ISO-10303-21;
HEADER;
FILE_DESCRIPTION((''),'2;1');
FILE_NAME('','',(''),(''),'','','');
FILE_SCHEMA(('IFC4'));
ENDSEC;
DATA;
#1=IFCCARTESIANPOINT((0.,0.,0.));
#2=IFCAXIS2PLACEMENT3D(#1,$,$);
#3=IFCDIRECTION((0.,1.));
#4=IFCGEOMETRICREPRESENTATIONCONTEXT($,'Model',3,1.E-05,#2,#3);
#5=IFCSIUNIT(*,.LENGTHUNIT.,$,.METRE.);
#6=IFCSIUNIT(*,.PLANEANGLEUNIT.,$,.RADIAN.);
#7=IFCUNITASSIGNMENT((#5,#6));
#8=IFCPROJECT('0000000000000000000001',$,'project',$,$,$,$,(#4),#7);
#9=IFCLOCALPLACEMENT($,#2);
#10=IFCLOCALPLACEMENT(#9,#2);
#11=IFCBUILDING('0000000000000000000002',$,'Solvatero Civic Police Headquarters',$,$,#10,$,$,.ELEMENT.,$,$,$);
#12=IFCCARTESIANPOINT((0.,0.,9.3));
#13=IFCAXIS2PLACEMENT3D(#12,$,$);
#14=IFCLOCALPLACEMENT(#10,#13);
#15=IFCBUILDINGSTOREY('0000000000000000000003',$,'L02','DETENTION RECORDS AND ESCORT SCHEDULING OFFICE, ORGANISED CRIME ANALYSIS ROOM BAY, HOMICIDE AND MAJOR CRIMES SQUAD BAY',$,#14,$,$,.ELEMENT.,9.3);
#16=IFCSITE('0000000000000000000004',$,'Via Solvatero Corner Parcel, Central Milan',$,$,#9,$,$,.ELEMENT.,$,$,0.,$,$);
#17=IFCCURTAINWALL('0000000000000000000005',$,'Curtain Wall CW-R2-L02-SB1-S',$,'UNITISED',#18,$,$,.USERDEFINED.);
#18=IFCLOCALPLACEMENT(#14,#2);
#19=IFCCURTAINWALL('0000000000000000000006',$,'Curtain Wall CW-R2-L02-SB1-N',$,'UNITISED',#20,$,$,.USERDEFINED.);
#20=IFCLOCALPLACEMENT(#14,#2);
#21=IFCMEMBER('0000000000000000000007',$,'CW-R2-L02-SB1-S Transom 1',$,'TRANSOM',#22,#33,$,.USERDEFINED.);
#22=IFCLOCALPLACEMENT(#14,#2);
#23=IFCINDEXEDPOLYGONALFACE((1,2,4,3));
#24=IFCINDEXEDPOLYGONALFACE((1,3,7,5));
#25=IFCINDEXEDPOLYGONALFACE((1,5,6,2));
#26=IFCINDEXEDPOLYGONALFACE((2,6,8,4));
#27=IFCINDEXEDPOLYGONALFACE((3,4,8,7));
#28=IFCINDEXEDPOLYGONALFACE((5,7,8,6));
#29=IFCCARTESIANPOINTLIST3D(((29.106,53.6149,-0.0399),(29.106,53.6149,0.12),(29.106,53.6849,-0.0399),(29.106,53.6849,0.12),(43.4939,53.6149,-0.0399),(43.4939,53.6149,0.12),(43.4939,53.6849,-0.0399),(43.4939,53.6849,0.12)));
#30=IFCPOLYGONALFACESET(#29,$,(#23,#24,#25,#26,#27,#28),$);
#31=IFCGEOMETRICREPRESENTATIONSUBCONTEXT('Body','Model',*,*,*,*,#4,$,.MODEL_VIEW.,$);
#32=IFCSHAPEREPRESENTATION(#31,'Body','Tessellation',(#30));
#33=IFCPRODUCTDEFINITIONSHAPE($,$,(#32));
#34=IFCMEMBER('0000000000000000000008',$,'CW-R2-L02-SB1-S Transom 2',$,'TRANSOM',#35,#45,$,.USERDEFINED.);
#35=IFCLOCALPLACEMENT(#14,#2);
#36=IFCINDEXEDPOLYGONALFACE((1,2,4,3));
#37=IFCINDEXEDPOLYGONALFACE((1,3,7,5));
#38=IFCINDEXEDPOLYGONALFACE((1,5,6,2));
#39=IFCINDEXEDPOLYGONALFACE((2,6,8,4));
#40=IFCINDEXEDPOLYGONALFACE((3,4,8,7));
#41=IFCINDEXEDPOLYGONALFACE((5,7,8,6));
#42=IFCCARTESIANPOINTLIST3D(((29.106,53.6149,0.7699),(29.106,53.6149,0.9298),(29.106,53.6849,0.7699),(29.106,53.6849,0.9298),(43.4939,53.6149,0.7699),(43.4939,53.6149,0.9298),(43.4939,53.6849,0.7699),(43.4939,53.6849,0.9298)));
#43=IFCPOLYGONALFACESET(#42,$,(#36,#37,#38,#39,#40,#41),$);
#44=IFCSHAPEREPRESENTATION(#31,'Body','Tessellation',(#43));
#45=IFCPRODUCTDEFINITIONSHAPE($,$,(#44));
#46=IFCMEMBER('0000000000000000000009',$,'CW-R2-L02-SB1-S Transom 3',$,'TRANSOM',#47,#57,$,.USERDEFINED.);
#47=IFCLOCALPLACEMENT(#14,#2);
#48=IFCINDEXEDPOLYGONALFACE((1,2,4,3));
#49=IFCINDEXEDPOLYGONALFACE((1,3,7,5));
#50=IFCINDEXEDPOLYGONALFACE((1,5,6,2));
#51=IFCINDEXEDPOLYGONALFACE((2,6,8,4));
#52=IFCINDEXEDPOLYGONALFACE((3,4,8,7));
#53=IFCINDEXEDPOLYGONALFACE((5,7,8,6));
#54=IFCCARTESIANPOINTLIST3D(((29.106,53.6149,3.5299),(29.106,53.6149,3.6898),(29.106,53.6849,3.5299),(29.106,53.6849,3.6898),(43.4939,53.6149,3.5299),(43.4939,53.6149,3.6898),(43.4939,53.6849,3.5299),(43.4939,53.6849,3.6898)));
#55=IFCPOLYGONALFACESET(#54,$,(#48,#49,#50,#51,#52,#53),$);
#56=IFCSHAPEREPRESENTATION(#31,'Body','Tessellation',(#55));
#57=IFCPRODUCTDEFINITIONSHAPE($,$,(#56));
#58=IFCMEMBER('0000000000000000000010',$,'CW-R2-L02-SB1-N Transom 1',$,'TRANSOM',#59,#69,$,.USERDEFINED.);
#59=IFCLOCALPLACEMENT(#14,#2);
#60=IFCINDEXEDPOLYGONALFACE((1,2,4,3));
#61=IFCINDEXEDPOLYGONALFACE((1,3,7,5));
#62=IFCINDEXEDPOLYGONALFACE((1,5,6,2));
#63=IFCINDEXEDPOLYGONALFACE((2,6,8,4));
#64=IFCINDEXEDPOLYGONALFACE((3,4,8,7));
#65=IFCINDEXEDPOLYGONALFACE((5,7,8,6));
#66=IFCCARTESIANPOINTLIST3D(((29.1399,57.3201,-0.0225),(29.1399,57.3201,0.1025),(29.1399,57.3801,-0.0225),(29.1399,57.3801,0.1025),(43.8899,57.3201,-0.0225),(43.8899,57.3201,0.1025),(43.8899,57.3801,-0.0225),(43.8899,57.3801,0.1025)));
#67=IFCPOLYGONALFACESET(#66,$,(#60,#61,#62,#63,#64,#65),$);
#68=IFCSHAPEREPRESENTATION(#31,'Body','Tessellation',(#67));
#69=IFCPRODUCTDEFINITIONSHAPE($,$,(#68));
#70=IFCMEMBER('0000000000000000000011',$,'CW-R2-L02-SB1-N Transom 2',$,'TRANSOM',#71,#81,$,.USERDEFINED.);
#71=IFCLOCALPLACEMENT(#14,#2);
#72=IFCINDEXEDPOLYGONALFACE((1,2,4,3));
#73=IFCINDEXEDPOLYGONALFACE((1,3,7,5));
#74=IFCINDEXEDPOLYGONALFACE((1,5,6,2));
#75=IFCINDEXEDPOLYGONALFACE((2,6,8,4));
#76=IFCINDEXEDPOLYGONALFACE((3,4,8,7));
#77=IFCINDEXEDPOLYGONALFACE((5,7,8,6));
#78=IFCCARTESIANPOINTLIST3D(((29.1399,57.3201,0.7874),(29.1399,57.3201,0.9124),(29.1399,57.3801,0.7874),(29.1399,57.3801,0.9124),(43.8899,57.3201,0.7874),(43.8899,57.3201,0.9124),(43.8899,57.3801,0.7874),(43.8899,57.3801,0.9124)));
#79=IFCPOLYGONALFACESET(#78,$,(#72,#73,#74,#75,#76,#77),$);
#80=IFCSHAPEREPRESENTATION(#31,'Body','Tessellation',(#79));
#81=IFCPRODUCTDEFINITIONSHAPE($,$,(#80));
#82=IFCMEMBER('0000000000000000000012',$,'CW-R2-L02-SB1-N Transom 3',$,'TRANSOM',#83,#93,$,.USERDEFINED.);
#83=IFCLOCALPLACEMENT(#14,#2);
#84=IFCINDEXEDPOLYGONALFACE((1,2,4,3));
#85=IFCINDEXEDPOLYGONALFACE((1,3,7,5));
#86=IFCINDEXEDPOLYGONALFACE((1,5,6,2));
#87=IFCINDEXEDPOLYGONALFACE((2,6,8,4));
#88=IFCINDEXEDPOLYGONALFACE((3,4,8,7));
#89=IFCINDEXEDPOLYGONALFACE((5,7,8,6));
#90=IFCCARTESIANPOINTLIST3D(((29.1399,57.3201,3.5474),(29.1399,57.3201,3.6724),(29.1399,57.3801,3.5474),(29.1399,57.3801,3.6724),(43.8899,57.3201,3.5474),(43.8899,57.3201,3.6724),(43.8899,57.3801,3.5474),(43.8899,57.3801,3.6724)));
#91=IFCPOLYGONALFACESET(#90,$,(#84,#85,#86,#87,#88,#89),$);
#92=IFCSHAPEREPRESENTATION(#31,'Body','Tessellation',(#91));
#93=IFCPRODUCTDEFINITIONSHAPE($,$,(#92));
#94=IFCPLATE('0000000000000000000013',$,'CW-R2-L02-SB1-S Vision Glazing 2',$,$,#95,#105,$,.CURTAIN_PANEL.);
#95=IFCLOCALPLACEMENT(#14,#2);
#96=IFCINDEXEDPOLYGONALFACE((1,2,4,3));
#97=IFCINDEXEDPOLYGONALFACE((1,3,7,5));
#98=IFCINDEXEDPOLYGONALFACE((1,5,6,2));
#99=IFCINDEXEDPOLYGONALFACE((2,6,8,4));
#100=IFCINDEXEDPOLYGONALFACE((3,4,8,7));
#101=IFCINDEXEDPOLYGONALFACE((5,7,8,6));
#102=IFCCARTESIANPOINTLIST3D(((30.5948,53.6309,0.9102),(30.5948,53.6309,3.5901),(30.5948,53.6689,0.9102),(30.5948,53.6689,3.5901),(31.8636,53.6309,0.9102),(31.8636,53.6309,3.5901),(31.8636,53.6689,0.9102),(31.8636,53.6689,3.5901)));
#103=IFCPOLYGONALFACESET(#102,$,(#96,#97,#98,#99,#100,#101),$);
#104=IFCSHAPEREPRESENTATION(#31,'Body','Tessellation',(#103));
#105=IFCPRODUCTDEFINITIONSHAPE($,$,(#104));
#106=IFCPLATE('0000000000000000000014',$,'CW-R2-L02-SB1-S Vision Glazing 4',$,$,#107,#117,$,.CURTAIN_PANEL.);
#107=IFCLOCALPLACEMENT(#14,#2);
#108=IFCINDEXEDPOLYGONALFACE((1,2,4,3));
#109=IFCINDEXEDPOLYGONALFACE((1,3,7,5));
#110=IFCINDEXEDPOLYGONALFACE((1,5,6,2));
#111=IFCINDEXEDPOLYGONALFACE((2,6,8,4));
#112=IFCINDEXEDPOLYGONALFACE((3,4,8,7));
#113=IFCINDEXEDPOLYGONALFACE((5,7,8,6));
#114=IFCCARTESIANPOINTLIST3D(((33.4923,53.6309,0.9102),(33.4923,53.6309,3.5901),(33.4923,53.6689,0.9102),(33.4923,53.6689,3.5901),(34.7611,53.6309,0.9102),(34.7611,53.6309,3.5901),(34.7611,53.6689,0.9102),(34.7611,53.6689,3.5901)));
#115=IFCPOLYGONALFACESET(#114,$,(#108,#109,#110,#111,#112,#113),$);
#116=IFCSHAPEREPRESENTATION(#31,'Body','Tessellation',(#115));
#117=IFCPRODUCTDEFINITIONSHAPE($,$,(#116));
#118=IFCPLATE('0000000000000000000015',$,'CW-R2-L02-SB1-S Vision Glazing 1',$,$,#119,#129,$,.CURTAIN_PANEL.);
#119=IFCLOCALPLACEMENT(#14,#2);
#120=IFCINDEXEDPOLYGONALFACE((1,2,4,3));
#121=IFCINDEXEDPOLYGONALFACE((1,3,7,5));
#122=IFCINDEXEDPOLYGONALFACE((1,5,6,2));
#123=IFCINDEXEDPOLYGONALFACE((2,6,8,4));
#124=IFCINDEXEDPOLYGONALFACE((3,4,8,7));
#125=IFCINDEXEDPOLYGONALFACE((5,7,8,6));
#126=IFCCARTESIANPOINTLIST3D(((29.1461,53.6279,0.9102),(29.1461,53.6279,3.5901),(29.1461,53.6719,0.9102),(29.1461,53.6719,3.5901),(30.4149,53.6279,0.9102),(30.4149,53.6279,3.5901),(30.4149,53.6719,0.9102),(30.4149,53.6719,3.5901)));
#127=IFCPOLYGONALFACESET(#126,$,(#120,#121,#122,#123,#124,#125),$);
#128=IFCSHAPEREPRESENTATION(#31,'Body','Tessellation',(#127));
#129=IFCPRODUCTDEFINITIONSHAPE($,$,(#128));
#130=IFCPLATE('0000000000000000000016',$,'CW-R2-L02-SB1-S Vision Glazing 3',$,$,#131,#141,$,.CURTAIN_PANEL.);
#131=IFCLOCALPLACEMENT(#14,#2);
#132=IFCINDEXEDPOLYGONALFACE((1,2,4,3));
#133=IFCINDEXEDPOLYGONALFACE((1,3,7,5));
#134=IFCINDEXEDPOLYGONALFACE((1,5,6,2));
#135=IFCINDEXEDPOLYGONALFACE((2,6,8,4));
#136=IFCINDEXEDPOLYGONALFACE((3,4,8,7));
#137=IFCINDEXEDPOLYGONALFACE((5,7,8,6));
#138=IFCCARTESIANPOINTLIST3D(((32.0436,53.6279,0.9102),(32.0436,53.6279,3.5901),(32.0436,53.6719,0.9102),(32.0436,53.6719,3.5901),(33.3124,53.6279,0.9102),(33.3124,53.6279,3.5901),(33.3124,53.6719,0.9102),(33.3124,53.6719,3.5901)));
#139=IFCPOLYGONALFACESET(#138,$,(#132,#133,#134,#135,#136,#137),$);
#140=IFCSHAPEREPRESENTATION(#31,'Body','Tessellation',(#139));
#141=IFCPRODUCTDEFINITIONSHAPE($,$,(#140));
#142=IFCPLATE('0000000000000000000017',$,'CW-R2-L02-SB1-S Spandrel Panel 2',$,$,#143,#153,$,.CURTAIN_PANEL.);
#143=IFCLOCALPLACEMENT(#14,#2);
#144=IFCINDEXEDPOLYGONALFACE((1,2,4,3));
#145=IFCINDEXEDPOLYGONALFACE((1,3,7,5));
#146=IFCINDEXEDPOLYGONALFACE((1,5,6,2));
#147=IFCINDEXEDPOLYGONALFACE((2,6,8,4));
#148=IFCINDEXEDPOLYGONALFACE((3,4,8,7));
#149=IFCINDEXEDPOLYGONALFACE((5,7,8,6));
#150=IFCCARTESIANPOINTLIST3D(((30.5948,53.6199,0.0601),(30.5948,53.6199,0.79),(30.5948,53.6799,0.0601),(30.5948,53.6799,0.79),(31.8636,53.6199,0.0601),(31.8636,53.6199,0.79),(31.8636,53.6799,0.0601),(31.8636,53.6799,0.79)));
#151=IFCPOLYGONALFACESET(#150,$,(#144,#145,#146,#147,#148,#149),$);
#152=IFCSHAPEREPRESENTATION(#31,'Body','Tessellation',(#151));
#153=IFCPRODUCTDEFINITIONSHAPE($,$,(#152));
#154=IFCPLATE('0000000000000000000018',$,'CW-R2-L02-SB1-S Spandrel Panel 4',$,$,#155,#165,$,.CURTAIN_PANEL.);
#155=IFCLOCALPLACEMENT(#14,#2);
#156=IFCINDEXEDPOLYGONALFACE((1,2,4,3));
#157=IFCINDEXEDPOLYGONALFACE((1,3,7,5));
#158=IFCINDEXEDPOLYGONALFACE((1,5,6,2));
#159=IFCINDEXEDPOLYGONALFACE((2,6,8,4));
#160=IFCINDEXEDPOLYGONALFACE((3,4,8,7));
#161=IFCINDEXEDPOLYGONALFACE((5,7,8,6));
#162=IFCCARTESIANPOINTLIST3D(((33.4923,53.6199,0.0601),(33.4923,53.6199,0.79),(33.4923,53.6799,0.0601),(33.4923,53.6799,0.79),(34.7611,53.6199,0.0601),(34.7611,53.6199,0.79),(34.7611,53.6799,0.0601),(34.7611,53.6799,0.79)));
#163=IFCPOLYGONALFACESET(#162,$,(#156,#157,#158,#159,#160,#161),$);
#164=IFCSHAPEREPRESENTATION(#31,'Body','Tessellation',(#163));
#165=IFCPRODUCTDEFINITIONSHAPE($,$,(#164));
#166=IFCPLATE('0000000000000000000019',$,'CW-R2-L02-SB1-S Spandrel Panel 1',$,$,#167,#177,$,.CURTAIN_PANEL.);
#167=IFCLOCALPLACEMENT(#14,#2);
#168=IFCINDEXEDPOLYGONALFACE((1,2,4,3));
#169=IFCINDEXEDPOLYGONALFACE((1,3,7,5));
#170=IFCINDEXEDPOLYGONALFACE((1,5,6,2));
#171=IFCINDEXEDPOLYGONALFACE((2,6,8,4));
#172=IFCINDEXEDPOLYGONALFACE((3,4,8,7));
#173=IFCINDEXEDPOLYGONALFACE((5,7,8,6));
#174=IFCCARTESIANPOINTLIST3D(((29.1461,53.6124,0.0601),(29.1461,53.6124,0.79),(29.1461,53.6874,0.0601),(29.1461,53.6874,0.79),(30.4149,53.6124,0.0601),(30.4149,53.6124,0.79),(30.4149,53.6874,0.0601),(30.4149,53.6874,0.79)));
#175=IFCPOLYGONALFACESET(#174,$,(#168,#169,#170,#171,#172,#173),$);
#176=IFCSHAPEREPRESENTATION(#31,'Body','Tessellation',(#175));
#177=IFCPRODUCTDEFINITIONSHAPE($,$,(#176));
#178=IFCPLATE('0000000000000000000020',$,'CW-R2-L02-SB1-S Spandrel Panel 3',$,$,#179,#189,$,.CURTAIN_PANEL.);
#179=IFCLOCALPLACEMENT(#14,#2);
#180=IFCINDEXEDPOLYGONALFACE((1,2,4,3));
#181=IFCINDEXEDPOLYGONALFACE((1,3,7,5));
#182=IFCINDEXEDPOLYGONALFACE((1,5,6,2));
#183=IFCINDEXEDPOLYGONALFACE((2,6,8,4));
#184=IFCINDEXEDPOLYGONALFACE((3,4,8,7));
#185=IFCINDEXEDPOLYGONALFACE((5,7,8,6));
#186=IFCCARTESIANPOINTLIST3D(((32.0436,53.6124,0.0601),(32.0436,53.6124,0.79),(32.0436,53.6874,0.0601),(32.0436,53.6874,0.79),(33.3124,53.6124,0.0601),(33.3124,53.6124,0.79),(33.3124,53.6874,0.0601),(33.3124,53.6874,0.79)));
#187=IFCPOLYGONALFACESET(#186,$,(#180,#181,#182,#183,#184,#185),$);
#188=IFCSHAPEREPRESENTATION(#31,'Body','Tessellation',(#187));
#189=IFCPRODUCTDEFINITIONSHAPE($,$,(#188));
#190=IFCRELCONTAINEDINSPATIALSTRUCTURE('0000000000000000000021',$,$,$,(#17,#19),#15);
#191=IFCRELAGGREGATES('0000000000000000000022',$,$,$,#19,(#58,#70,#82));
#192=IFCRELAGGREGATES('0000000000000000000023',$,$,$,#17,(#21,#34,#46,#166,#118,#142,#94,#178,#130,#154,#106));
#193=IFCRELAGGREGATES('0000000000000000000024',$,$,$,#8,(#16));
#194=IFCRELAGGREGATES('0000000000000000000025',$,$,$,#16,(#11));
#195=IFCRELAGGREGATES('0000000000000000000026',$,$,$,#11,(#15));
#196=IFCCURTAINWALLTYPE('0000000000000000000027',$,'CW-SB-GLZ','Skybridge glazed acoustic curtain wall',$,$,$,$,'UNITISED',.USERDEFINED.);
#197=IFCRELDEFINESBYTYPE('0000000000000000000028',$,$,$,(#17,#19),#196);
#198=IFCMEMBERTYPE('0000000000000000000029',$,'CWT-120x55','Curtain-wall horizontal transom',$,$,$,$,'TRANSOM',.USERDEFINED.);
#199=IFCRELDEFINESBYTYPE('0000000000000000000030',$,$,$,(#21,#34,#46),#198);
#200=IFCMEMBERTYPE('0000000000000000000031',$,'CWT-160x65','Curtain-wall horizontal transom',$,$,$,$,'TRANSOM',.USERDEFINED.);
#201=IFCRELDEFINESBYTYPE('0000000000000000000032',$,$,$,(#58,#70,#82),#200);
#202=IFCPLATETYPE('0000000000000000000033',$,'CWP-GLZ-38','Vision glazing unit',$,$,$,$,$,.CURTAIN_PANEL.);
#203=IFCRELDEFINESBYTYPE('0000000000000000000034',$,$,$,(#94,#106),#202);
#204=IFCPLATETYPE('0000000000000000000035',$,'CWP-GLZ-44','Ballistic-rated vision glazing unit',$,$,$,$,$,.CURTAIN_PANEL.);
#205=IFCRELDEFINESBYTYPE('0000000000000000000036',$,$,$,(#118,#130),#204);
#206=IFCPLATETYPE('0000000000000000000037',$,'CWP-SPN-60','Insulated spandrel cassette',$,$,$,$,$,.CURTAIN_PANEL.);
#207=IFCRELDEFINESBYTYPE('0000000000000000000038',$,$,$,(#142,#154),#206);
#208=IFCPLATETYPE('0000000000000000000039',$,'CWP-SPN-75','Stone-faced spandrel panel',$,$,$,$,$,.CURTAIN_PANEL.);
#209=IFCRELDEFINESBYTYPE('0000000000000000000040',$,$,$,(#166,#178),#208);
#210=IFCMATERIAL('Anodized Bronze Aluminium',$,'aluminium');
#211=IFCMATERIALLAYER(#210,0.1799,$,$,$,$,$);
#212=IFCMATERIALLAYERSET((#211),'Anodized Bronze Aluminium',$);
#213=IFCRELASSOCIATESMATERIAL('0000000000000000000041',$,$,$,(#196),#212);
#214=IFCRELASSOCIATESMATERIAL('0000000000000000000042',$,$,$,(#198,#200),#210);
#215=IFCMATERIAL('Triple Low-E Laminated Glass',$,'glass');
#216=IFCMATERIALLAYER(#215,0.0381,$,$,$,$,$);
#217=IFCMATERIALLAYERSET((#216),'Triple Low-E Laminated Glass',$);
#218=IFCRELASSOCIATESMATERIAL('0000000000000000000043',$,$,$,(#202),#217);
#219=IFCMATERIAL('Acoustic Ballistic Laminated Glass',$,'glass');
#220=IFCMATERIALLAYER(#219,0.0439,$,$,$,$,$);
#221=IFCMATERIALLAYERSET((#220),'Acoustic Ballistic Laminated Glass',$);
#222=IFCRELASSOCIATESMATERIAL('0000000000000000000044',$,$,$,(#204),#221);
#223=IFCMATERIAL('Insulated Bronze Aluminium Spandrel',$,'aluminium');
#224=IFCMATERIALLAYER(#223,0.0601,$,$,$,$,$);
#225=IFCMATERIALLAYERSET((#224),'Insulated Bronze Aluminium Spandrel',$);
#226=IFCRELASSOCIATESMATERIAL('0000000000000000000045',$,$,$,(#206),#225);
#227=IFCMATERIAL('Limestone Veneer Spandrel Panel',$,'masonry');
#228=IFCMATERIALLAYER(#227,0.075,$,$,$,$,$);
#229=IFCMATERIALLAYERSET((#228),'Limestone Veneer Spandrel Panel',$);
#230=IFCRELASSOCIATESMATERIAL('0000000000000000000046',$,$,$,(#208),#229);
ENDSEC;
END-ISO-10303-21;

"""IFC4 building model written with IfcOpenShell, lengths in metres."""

from ifc_helpers import new_model, si_unit, direction, frame, origin, origin_2d, place, context, subcontext, project, spatial, rectangle, extrude, material, layer, layer_set, material_profile, profile_set, type_object, element, aggregate, save


model = new_model("IFC4")

# Units and contexts
model_context = context("Model", 3, precision=1e-05, world=origin(), true_north=direction((0.0, 1.0)))
body_context = subcontext(model_context, "Body", "Model", "MODEL_VIEW")
ifc_project = project(units=[si_unit("LENGTHUNIT", "METRE"), si_unit("PLANEANGLEUNIT", "RADIAN")], contexts=[model_context])

# Site, building, storey
site_placement = place(None, origin())
site = spatial("IfcSite", under=ifc_project, at=site_placement, Name="Via Solvatero Corner Parcel, Central Milan", CompositionType="ELEMENT", RefElevation=0.0)
building_placement = place(site_placement, origin())
building = spatial("IfcBuilding", under=site, at=building_placement, Name="Solvatero Civic Police Headquarters", CompositionType="ELEMENT")
storey_placement = place(building_placement, frame((0.0, 0.0, 9.3)))
storey = spatial("IfcBuildingStorey", under=building, at=storey_placement, Name="L02", Description="DETENTION RECORDS AND ESCORT SCHEDULING OFFICE, ORGANISED CRIME ANALYSIS ROOM BAY, HOMICIDE AND MAJOR CRIMES SQUAD BAY", CompositionType="ELEMENT", Elevation=9.3)

# Curtain walls
ifc_material_1 = material(Name="Anodized Bronze Aluminium", Category="aluminium")
ifc_layer_1 = layer(ifc_material_1, 0.1799)
ifc_layer_set_1 = layer_set([ifc_layer_1], Name="Anodized Bronze Aluminium")
curtain_wall_type = type_object("IfcCurtainWallType", Name="CW-SB-GLZ", Description="Skybridge glazed acoustic curtain wall", ElementType="UNITISED", PredefinedType="USERDEFINED", material=ifc_layer_set_1)
curtain_wall_1_placement = place(storey_placement, origin())
curtain_wall_1 = element("IfcCurtainWall", 1, at=curtain_wall_1_placement, inside=storey, type_object=curtain_wall_type, Name="Curtain Wall CW-R2-L02-SB1-S", ObjectType="UNITISED", PredefinedType="USERDEFINED")
curtain_wall_2_placement = place(storey_placement, origin())
curtain_wall_2 = element("IfcCurtainWall", 2, at=curtain_wall_2_placement, inside=storey, type_object=curtain_wall_type, Name="Curtain Wall CW-R2-L02-SB1-N", ObjectType="UNITISED", PredefinedType="USERDEFINED")

# Members
ifc_material_profile_1 = material_profile(ifc_material_1, rectangle(XDim=0.0701, YDim=0.1599, at=origin_2d()), Name="ALU TRANSOM 70x160")
ifc_profile_set_1 = profile_set([ifc_material_profile_1], Name="Anodized Bronze Aluminium")
member_type_1 = type_object("IfcMemberType", Name="CWT-120x55", Description="Curtain-wall horizontal transom", ElementType="TRANSOM", PredefinedType="USERDEFINED", material=ifc_profile_set_1)
member_1_placement = place(storey_placement, frame((29.106, 53.6499, 0.04), z_axis=(1.0, 0.0, 0.0), x_axis=(0.0, 1.0, 0.0)))
member_1 = element("IfcMember", 3, at=member_1_placement, type_object=member_type_1, Name="CW-R2-L02-SB1-S Transom 1", ObjectType="TRANSOM", PredefinedType="USERDEFINED", context=body_context, shape_type="SweptSolid", body=[
    extrude(rectangle(XDim=0.0701, YDim=0.1599, at=origin_2d()), origin(), (0.0, 0.0, 1.0), 14.3879),
])
member_2_placement = place(storey_placement, frame((29.106, 53.6499, 0.8499), z_axis=(1.0, 0.0, 0.0), x_axis=(0.0, 1.0, 0.0)))
member_2 = element("IfcMember", 4, at=member_2_placement, type_object=member_type_1, Name="CW-R2-L02-SB1-S Transom 2", ObjectType="TRANSOM", PredefinedType="USERDEFINED", context=body_context, shape_type="SweptSolid", body=[
    extrude(rectangle(XDim=0.0701, YDim=0.1599, at=origin_2d()), origin(), (0.0, 0.0, 1.0), 14.3879),
])
member_3_placement = place(storey_placement, frame((29.106, 53.6499, 3.6099), z_axis=(1.0, 0.0, 0.0), x_axis=(0.0, 1.0, 0.0)))
member_3 = element("IfcMember", 5, at=member_3_placement, type_object=member_type_1, Name="CW-R2-L02-SB1-S Transom 3", ObjectType="TRANSOM", PredefinedType="USERDEFINED", context=body_context, shape_type="SweptSolid", body=[
    extrude(rectangle(XDim=0.0701, YDim=0.1599, at=origin_2d()), origin(), (0.0, 0.0, 1.0), 14.3879),
])
ifc_material_profile_2 = material_profile(ifc_material_1, rectangle(XDim=0.0601, YDim=0.125, at=origin_2d()), Name="ALU TRANSOM 60x125")
ifc_profile_set_2 = profile_set([ifc_material_profile_2], Name="Anodized Bronze Aluminium")
member_type_2 = type_object("IfcMemberType", Name="CWT-160x65", Description="Curtain-wall horizontal transom", ElementType="TRANSOM", PredefinedType="USERDEFINED", material=ifc_profile_set_2)
member_4_placement = place(storey_placement, frame((29.1399, 57.3501, 0.04), z_axis=(1.0, 0.0, 0.0), x_axis=(0.0, 1.0, 0.0)))
member_4 = element("IfcMember", 6, at=member_4_placement, type_object=member_type_2, Name="CW-R2-L02-SB1-N Transom 1", ObjectType="TRANSOM", PredefinedType="USERDEFINED", context=body_context, shape_type="SweptSolid", body=[
    extrude(rectangle(XDim=0.0601, YDim=0.125, at=origin_2d()), origin(), (0.0, 0.0, 1.0), 14.75),
])
member_5_placement = place(storey_placement, frame((29.1399, 57.3501, 0.8499), z_axis=(1.0, 0.0, 0.0), x_axis=(0.0, 1.0, 0.0)))
member_5 = element("IfcMember", 7, at=member_5_placement, type_object=member_type_2, Name="CW-R2-L02-SB1-N Transom 2", ObjectType="TRANSOM", PredefinedType="USERDEFINED", context=body_context, shape_type="SweptSolid", body=[
    extrude(rectangle(XDim=0.0601, YDim=0.125, at=origin_2d()), origin(), (0.0, 0.0, 1.0), 14.75),
])
member_6_placement = place(storey_placement, frame((29.1399, 57.3501, 3.6099), z_axis=(1.0, 0.0, 0.0), x_axis=(0.0, 1.0, 0.0)))
member_6 = element("IfcMember", 8, at=member_6_placement, type_object=member_type_2, Name="CW-R2-L02-SB1-N Transom 3", ObjectType="TRANSOM", PredefinedType="USERDEFINED", context=body_context, shape_type="SweptSolid", body=[
    extrude(rectangle(XDim=0.0601, YDim=0.125, at=origin_2d()), origin(), (0.0, 0.0, 1.0), 14.75),
])
aggregate(curtain_wall_2, [member_4, member_5, member_6])

# Plates
ifc_material_2 = material(Name="Triple Low-E Laminated Glass", Category="glass")
ifc_layer_2 = layer(ifc_material_2, 0.0381)
ifc_layer_set_2 = layer_set([ifc_layer_2], Name="Triple Low-E Laminated Glass")
plate_type_1 = type_object("IfcPlateType", Name="CWP-GLZ-38", Description="Vision glazing unit", PredefinedType="CURTAIN_PANEL", material=ifc_layer_set_2)
plate_1_placement = place(storey_placement, frame((31.2292, 53.6499, 0.9102), z_axis=(0.0, 0.0, 1.0), x_axis=(1.0, 0.0, 0.0)))
plate_1 = element("IfcPlate", 9, at=plate_1_placement, type_object=plate_type_1, Name="CW-R2-L02-SB1-S Vision Glazing 2", PredefinedType="CURTAIN_PANEL", context=body_context, shape_type="SweptSolid", body=[
    extrude(rectangle(XDim=1.2688, YDim=0.0381, at=origin_2d()), origin(), (0.0, 0.0, 1.0), 2.6799),
])
plate_2_placement = place(storey_placement, frame((34.1267, 53.6499, 0.9102), z_axis=(0.0, 0.0, 1.0), x_axis=(1.0, 0.0, 0.0)))
plate_2 = element("IfcPlate", 10, at=plate_2_placement, type_object=plate_type_1, Name="CW-R2-L02-SB1-S Vision Glazing 4", PredefinedType="CURTAIN_PANEL", context=body_context, shape_type="SweptSolid", body=[
    extrude(rectangle(XDim=1.2688, YDim=0.0381, at=origin_2d()), origin(), (0.0, 0.0, 1.0), 2.6799),
])
ifc_material_3 = material(Name="Acoustic Ballistic Laminated Glass", Category="glass")
ifc_layer_3 = layer(ifc_material_3, 0.0439)
ifc_layer_set_3 = layer_set([ifc_layer_3], Name="Acoustic Ballistic Laminated Glass")
plate_type_2 = type_object("IfcPlateType", Name="CWP-GLZ-44", Description="Ballistic-rated vision glazing unit", PredefinedType="CURTAIN_PANEL", material=ifc_layer_set_3)
plate_3_placement = place(storey_placement, frame((29.7805, 53.6499, 0.9102), z_axis=(0.0, 0.0, 1.0), x_axis=(1.0, 0.0, 0.0)))
plate_3 = element("IfcPlate", 11, at=plate_3_placement, type_object=plate_type_2, Name="CW-R2-L02-SB1-S Vision Glazing 1", PredefinedType="CURTAIN_PANEL", context=body_context, shape_type="SweptSolid", body=[
    extrude(rectangle(XDim=1.2688, YDim=0.0439, at=origin_2d()), origin(), (0.0, 0.0, 1.0), 2.6799),
])
plate_4_placement = place(storey_placement, frame((32.678, 53.6499, 0.9102), z_axis=(0.0, 0.0, 1.0), x_axis=(1.0, 0.0, 0.0)))
plate_4 = element("IfcPlate", 12, at=plate_4_placement, type_object=plate_type_2, Name="CW-R2-L02-SB1-S Vision Glazing 3", PredefinedType="CURTAIN_PANEL", context=body_context, shape_type="SweptSolid", body=[
    extrude(rectangle(XDim=1.2688, YDim=0.0439, at=origin_2d()), origin(), (0.0, 0.0, 1.0), 2.6799),
])
ifc_material_4 = material(Name="Insulated Bronze Aluminium Spandrel", Category="aluminium")
ifc_layer_4 = layer(ifc_material_4, 0.0601)
ifc_layer_set_4 = layer_set([ifc_layer_4], Name="Insulated Bronze Aluminium Spandrel")
plate_type_3 = type_object("IfcPlateType", Name="CWP-SPN-60", Description="Insulated spandrel cassette", PredefinedType="CURTAIN_PANEL", material=ifc_layer_set_4)
plate_5_placement = place(storey_placement, frame((31.2292, 53.6499, 0.0601), z_axis=(0.0, 0.0, 1.0), x_axis=(1.0, 0.0, 0.0)))
plate_5 = element("IfcPlate", 13, at=plate_5_placement, type_object=plate_type_3, Name="CW-R2-L02-SB1-S Spandrel Panel 2", PredefinedType="CURTAIN_PANEL", context=body_context, shape_type="SweptSolid", body=[
    extrude(rectangle(XDim=1.2688, YDim=0.0601, at=origin_2d()), origin(), (0.0, 0.0, 1.0), 0.73),
])
plate_6_placement = place(storey_placement, frame((34.1267, 53.6499, 0.0601), z_axis=(0.0, 0.0, 1.0), x_axis=(1.0, 0.0, 0.0)))
plate_6 = element("IfcPlate", 14, at=plate_6_placement, type_object=plate_type_3, Name="CW-R2-L02-SB1-S Spandrel Panel 4", PredefinedType="CURTAIN_PANEL", context=body_context, shape_type="SweptSolid", body=[
    extrude(rectangle(XDim=1.2688, YDim=0.0601, at=origin_2d()), origin(), (0.0, 0.0, 1.0), 0.73),
])
ifc_material_5 = material(Name="Limestone Veneer Spandrel Panel", Category="masonry")
ifc_layer_5 = layer(ifc_material_5, 0.075)
ifc_layer_set_5 = layer_set([ifc_layer_5], Name="Limestone Veneer Spandrel Panel")
plate_type_4 = type_object("IfcPlateType", Name="CWP-SPN-75", Description="Stone-faced spandrel panel", PredefinedType="CURTAIN_PANEL", material=ifc_layer_set_5)
plate_7_placement = place(storey_placement, frame((29.7805, 53.6499, 0.0601), z_axis=(0.0, 0.0, 1.0), x_axis=(1.0, 0.0, 0.0)))
plate_7 = element("IfcPlate", 15, at=plate_7_placement, type_object=plate_type_4, Name="CW-R2-L02-SB1-S Spandrel Panel 1", PredefinedType="CURTAIN_PANEL", context=body_context, shape_type="SweptSolid", body=[
    extrude(rectangle(XDim=1.2688, YDim=0.075, at=origin_2d()), origin(), (0.0, 0.0, 1.0), 0.73),
])
plate_8_placement = place(storey_placement, frame((32.678, 53.6499, 0.0601), z_axis=(0.0, 0.0, 1.0), x_axis=(1.0, 0.0, 0.0)))
plate_8 = element("IfcPlate", 16, at=plate_8_placement, type_object=plate_type_4, Name="CW-R2-L02-SB1-S Spandrel Panel 3", PredefinedType="CURTAIN_PANEL", context=body_context, shape_type="SweptSolid", body=[
    extrude(rectangle(XDim=1.2688, YDim=0.075, at=origin_2d()), origin(), (0.0, 0.0, 1.0), 0.73),
])
aggregate(curtain_wall_1, [member_1, member_2, member_3, plate_7, plate_3, plate_5, plate_1, plate_8, plate_4, plate_6, plate_2])

save(model, "model.ifc")
